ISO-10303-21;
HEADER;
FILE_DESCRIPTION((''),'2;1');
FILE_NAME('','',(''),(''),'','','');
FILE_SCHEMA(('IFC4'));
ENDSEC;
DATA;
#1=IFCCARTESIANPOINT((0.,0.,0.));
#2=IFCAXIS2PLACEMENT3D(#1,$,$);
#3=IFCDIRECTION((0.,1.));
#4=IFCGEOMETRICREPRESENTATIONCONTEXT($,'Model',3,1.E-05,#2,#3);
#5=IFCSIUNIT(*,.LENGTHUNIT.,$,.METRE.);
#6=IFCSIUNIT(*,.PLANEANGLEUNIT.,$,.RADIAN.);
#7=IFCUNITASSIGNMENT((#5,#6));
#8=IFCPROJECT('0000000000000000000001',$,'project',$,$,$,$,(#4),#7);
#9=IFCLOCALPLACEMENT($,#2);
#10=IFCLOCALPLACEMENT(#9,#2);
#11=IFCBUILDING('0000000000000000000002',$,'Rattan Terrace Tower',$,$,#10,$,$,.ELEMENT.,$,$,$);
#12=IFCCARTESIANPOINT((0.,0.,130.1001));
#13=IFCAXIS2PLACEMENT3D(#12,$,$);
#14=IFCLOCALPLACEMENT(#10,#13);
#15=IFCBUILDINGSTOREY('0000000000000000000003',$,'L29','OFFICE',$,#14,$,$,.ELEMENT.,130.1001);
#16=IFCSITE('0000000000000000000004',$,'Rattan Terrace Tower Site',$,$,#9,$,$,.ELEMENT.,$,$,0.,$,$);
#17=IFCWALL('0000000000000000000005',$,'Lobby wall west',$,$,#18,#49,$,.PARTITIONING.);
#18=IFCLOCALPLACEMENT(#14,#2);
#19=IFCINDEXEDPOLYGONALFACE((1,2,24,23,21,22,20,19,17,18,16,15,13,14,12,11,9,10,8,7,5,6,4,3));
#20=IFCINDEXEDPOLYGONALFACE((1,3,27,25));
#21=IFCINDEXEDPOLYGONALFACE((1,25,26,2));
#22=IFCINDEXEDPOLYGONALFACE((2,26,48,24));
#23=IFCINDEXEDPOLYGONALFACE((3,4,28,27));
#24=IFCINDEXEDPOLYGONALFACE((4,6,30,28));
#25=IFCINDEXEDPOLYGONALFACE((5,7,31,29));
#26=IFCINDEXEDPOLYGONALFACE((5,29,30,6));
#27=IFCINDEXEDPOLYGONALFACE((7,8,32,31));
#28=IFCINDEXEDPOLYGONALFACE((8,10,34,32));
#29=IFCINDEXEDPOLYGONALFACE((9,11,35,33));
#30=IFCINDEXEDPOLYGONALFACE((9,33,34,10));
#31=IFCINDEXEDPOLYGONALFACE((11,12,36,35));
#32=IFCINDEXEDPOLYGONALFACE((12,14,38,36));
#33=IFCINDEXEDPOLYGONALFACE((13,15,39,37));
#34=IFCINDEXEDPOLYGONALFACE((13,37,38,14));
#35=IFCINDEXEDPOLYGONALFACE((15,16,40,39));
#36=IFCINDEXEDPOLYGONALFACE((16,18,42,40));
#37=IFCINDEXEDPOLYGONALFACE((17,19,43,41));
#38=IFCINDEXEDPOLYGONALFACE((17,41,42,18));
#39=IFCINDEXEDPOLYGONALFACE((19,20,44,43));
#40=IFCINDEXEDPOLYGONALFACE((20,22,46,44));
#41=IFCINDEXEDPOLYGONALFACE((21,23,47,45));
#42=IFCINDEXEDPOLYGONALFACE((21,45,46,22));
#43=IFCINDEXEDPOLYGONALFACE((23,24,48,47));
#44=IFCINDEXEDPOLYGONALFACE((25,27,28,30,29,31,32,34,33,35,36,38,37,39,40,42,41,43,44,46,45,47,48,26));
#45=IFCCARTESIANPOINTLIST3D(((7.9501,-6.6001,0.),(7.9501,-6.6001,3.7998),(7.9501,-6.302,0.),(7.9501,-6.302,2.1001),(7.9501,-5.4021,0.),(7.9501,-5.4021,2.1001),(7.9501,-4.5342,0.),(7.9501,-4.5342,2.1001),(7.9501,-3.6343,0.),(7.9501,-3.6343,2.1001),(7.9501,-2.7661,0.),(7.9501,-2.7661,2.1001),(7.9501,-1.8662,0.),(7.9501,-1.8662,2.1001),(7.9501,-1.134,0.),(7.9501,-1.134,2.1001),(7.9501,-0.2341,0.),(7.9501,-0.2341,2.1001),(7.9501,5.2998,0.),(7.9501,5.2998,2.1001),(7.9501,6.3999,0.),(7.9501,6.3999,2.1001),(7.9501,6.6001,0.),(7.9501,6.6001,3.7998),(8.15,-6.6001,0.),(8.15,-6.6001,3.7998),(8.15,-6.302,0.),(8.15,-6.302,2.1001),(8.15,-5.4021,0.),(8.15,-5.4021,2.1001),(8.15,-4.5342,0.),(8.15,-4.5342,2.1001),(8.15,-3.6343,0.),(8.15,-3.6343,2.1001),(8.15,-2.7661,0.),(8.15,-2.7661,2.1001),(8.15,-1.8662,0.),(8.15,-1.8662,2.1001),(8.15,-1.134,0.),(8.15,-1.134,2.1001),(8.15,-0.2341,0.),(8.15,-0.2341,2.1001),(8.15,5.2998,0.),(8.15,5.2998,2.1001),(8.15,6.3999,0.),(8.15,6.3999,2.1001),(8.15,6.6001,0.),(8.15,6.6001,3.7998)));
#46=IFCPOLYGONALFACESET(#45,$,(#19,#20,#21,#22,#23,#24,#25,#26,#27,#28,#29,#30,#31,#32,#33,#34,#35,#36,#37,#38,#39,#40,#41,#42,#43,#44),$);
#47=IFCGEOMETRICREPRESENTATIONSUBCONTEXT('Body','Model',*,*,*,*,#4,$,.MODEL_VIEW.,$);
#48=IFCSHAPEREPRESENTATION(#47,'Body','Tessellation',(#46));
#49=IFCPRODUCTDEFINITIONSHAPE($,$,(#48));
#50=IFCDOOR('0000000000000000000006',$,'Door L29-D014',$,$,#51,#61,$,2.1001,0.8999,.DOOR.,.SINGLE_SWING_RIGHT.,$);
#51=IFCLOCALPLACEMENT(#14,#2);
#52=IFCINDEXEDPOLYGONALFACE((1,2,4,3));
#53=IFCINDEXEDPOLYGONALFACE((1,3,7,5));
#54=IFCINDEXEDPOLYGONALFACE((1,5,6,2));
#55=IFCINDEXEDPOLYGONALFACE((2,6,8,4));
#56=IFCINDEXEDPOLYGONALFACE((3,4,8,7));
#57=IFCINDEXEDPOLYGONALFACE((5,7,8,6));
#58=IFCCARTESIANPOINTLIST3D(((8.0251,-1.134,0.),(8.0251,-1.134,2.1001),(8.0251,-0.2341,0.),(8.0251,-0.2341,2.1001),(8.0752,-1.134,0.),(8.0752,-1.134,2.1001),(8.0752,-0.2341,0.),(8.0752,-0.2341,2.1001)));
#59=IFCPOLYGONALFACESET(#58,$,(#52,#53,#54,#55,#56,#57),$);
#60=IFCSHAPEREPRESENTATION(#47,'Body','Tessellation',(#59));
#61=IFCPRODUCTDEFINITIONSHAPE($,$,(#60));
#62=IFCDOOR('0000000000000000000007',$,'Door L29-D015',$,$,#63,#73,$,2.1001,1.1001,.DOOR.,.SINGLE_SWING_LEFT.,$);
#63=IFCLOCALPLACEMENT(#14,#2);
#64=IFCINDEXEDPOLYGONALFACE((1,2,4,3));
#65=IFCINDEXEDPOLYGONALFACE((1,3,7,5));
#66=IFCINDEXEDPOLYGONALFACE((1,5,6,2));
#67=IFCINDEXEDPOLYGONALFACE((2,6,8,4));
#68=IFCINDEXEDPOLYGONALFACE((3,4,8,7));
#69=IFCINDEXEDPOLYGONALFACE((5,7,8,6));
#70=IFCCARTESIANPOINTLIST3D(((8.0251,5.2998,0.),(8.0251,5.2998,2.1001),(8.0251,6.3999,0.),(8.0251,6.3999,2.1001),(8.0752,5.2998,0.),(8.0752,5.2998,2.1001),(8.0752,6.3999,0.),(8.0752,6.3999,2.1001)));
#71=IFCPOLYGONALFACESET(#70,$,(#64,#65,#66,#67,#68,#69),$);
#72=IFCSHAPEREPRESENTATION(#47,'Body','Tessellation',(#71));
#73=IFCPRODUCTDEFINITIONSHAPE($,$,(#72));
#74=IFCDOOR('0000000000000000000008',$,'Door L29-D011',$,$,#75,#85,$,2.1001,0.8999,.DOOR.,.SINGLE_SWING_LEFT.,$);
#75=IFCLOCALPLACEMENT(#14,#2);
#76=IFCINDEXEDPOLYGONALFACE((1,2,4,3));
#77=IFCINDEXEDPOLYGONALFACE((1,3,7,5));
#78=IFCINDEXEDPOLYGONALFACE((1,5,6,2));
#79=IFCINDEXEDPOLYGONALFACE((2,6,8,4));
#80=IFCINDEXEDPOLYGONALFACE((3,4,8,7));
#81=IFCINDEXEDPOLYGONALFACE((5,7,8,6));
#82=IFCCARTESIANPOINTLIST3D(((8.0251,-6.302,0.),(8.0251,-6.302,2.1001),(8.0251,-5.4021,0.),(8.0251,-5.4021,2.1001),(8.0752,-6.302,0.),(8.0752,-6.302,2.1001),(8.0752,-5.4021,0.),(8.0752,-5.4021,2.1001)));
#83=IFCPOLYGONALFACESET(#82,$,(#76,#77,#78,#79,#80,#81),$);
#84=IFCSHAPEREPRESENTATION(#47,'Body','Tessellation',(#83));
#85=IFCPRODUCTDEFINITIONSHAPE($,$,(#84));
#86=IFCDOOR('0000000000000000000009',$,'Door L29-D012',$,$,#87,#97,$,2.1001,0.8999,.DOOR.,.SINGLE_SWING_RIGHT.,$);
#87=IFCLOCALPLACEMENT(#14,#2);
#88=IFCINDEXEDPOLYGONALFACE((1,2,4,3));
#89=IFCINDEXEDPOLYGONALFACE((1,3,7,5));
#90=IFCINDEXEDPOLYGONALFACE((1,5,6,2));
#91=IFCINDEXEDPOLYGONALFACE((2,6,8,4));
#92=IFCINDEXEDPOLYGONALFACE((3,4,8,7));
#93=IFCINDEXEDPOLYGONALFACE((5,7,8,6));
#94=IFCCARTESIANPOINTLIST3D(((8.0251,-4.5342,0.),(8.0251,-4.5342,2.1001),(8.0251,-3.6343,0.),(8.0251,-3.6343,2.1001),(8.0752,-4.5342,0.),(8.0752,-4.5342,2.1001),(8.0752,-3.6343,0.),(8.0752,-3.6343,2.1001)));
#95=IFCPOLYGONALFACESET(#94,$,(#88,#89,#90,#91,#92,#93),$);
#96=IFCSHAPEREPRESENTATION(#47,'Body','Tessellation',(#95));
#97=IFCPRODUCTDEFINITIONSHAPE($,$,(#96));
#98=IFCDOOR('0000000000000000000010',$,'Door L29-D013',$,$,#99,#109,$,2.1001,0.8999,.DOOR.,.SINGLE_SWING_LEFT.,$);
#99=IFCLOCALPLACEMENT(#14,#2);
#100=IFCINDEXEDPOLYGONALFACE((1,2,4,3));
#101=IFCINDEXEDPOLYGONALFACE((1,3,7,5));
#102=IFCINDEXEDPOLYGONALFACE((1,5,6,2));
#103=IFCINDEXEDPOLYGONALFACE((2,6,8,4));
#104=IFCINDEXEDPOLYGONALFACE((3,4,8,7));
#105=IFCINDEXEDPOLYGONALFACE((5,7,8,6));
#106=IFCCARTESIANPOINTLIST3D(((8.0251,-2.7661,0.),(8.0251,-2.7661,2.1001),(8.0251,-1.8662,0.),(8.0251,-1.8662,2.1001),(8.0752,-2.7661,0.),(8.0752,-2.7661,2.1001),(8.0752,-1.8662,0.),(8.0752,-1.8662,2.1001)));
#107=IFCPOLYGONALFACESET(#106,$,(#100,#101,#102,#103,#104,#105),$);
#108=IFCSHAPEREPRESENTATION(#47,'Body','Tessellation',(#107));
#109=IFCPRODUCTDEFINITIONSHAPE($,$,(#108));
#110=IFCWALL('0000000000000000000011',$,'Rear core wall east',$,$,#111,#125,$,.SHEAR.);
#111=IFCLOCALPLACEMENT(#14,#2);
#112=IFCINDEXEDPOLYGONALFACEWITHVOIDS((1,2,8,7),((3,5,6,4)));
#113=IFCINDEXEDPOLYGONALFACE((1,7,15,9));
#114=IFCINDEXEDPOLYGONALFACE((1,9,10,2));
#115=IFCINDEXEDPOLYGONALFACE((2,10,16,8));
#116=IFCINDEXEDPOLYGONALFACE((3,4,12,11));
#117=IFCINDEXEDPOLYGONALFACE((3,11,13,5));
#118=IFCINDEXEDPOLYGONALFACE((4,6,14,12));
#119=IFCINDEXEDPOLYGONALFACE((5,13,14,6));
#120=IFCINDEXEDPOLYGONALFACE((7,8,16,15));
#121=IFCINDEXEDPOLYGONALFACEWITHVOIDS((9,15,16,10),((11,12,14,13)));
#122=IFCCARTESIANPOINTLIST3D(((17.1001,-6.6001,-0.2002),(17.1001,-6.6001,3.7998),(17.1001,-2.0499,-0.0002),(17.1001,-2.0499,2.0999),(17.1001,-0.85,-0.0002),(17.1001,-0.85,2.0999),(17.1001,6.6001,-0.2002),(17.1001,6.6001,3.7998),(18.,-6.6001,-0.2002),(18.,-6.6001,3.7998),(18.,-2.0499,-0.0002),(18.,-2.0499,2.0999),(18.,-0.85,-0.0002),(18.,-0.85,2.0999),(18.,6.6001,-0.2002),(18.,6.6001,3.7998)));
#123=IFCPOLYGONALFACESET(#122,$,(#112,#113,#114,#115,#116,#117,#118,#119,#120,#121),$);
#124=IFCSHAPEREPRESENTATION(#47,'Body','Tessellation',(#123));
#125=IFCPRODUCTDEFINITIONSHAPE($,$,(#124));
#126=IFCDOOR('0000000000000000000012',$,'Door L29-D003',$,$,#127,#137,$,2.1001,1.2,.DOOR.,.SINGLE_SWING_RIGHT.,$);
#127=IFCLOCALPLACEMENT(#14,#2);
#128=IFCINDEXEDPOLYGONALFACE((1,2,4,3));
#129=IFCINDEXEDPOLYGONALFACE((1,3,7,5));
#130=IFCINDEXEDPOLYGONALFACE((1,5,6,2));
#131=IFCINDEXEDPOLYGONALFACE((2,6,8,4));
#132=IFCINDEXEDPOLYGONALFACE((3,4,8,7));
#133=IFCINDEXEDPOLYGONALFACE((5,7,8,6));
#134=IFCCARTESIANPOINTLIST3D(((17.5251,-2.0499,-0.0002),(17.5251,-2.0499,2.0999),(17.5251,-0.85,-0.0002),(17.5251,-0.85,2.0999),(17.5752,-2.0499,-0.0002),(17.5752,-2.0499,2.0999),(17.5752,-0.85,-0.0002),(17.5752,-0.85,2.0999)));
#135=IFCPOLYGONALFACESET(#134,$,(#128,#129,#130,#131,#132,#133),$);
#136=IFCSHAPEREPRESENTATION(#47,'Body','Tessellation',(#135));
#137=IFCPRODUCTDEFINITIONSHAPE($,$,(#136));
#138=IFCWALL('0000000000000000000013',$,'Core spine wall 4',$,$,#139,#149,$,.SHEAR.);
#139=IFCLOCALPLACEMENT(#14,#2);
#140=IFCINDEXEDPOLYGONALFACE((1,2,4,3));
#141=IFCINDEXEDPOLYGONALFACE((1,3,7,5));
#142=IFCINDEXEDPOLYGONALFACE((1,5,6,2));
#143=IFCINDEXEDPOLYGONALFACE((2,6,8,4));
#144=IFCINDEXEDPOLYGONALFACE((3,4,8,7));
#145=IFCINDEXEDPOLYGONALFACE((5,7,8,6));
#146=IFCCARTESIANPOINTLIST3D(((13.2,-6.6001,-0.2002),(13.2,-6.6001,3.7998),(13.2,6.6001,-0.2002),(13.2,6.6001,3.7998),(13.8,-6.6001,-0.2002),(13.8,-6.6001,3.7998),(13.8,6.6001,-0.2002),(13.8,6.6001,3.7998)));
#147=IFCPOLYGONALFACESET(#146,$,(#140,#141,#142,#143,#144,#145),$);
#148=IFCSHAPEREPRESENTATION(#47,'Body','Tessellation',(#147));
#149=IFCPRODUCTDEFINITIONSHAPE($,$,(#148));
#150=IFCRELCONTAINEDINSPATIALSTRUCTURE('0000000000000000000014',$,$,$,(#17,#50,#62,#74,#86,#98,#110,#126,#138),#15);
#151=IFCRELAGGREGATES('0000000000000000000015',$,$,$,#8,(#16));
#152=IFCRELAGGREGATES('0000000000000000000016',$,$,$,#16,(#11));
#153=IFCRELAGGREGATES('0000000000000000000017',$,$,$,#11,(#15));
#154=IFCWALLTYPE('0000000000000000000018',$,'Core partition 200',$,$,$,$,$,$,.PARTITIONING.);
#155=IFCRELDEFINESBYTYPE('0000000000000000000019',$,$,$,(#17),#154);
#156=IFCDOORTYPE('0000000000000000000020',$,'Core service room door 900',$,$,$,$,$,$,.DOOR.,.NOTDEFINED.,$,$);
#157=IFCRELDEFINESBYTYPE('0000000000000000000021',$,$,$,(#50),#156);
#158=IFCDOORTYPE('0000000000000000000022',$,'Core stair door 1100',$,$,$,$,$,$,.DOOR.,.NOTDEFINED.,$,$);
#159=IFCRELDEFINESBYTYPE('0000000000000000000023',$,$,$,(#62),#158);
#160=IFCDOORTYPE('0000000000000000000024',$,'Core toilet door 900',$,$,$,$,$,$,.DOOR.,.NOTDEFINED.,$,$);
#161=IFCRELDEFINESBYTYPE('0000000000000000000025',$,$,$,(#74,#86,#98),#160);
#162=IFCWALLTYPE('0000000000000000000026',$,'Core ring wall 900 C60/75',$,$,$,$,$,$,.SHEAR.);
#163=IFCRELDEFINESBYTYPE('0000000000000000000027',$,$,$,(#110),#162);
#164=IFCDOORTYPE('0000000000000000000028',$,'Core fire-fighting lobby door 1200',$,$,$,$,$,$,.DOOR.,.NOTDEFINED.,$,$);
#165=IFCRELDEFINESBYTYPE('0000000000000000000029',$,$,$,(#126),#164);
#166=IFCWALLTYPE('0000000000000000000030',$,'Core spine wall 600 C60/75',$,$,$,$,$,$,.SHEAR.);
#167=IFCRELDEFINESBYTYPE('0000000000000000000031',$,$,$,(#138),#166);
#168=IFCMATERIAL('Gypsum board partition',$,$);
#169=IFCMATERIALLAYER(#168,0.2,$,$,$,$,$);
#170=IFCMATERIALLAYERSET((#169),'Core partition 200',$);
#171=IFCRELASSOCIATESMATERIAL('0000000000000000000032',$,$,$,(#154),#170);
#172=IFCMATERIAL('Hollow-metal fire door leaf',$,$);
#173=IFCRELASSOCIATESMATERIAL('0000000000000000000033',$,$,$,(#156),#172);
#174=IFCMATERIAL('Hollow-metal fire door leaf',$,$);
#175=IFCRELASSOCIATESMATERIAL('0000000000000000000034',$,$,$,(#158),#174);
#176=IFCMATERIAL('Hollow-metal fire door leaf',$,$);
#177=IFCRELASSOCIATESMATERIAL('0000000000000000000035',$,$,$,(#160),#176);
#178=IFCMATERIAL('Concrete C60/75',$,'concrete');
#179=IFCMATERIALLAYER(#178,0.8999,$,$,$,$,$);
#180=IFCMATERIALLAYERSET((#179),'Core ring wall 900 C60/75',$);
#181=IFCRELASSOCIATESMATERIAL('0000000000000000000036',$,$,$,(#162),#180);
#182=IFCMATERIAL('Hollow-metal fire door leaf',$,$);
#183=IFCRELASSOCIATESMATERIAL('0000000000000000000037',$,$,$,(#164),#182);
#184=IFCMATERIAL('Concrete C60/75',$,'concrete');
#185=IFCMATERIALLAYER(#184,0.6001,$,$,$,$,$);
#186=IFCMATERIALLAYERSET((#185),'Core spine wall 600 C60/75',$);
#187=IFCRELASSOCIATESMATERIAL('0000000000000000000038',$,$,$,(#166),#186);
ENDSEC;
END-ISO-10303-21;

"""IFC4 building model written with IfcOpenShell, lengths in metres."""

from ifc_helpers import new_model, si_unit, direction, frame, frame_2d, origin, place, context, subcontext, project, spatial, rectangle, extrude, material, layer, layer_set, type_object, element, fill, save


model = new_model("IFC4")

# Units and contexts
model_context = context("Model", 3, precision=1e-05, world=origin(), true_north=direction((0.0, 1.0)))
body_context = subcontext(model_context, "Body", "Model", "MODEL_VIEW")
ifc_project = project(units=[si_unit("LENGTHUNIT", "METRE"), si_unit("PLANEANGLEUNIT", "RADIAN")], contexts=[model_context])

# Site, building, storey
site_placement = place(None, origin())
site = spatial("IfcSite", under=ifc_project, at=site_placement, Name="Rattan Terrace Tower Site", CompositionType="ELEMENT", RefElevation=0.0)
building_placement = place(site_placement, origin())
building = spatial("IfcBuilding", under=site, at=building_placement, Name="Rattan Terrace Tower", CompositionType="ELEMENT")
storey_placement = place(building_placement, frame((0.0, 0.0, 130.1001)))
storey = spatial("IfcBuildingStorey", under=building, at=storey_placement, Name="L29", Description="OFFICE", CompositionType="ELEMENT", Elevation=130.1001)

# Shared definitions
ifc_material_1 = material(Name="Gypsum board partition")
ifc_layer_1 = layer(ifc_material_1, 0.2)
ifc_layer_set_1 = layer_set([ifc_layer_1], Name="Core partition 200")
wall_type_1 = type_object("IfcWallType", Name="Core partition 200", PredefinedType="PARTITIONING", material=ifc_layer_set_1)

# Wall, openings, doors
wall_1_placement = place(storey_placement, frame((8.05, -6.6001, 0.0), z_axis=(0.0, 0.0, 1.0), x_axis=(0.0, 1.0, 0.0)))
wall_1 = element("IfcWall", 1, at=wall_1_placement, inside=storey, type_object=wall_type_1, Name="Lobby wall west", PredefinedType="PARTITIONING", context=body_context, shape_type="SweptSolid", body=[
    extrude(rectangle(XDim=13.2002, YDim=0.2, at=frame_2d((6.6001, 0.0))), origin(), (0.0, 0.0, 1.0), 3.7998),
])
opening_1_placement = place(wall_1_placement, frame((0.2981, 0.0, 0.0)))
opening_1 = element("IfcOpeningElement", 2, at=opening_1_placement, cuts=wall_1, PredefinedType="OPENING", context=body_context, shape_type="SweptSolid", body=[
    extrude(rectangle(XDim=0.8999, YDim=2.1001, at=frame_2d((0.45, 1.05))), frame((0.0, 0.1106, 0.0), z_axis=(0.0, -1.0, 0.0), x_axis=(1.0, 0.0, 0.0)), (0.0, 0.0, 1.0), 0.2209),
])
opening_2_placement = place(wall_1_placement, frame((2.0659, 0.0, 0.0)))
opening_2 = element("IfcOpeningElement", 3, at=opening_2_placement, cuts=wall_1, PredefinedType="OPENING", context=body_context, shape_type="SweptSolid", body=[
    extrude(rectangle(XDim=0.8999, YDim=2.1001, at=frame_2d((0.45, 1.05))), frame((0.0, 0.1106, 0.0), z_axis=(0.0, -1.0, 0.0), x_axis=(1.0, 0.0, 0.0)), (0.0, 0.0, 1.0), 0.2209),
])
opening_3_placement = place(wall_1_placement, frame((3.834, 0.0, 0.0)))
opening_3 = element("IfcOpeningElement", 4, at=opening_3_placement, cuts=wall_1, PredefinedType="OPENING", context=body_context, shape_type="SweptSolid", body=[
    extrude(rectangle(XDim=0.8999, YDim=2.1001, at=frame_2d((0.45, 1.05))), frame((0.0, 0.1106, 0.0), z_axis=(0.0, -1.0, 0.0), x_axis=(1.0, 0.0, 0.0)), (0.0, 0.0, 1.0), 0.2209),
])
opening_4_placement = place(wall_1_placement, frame((5.4661, 0.0, 0.0)))
opening_4 = element("IfcOpeningElement", 5, at=opening_4_placement, cuts=wall_1, PredefinedType="OPENING", context=body_context, shape_type="SweptSolid", body=[
    extrude(rectangle(XDim=0.8999, YDim=2.1001, at=frame_2d((0.45, 1.05))), frame((0.0, 0.1106, 0.0), z_axis=(0.0, -1.0, 0.0), x_axis=(1.0, 0.0, 0.0)), (0.0, 0.0, 1.0), 0.2209),
])
opening_5_placement = place(wall_1_placement, frame((11.8999, 0.0, 0.0)))
opening_5 = element("IfcOpeningElement", 6, at=opening_5_placement, cuts=wall_1, PredefinedType="OPENING", context=body_context, shape_type="SweptSolid", body=[
    extrude(rectangle(XDim=1.1001, YDim=2.1001, at=frame_2d((0.55, 1.05))), frame((0.0, 0.1106, 0.0), z_axis=(0.0, -1.0, 0.0), x_axis=(1.0, 0.0, 0.0)), (0.0, 0.0, 1.0), 0.2209),
])
ifc_material_2 = material(Name="Hollow-metal fire door leaf")
door_type_1 = type_object("IfcDoorType", Name="Core service room door 900", OperationType="NOTDEFINED", PredefinedType="DOOR", material=ifc_material_2)
door_1_placement = place(opening_4_placement, origin())
door_1 = element("IfcDoor", 7, at=door_1_placement, inside=storey, type_object=door_type_1, Name="Door L29-D014", OperationType="SINGLE_SWING_RIGHT", OverallHeight=2.1001, OverallWidth=0.8999, PredefinedType="DOOR", context=body_context, shape_type="SweptSolid", body=[
    extrude(rectangle(XDim=0.8999, YDim=2.1001, at=frame_2d((0.45, 1.05))), frame((0.0, 0.0249, 0.0), z_axis=(0.0, -1.0, 0.0), x_axis=(1.0, 0.0, 0.0)), (0.0, 0.0, 1.0), 0.05),
])
fill(opening_4, door_1)
ifc_material_3 = material(Name="Hollow-metal fire door leaf")
door_type_2 = type_object("IfcDoorType", Name="Core stair door 1100", OperationType="NOTDEFINED", PredefinedType="DOOR", material=ifc_material_3)
door_2_placement = place(opening_5_placement, origin())
door_2 = element("IfcDoor", 8, at=door_2_placement, inside=storey, type_object=door_type_2, Name="Door L29-D015", OperationType="SINGLE_SWING_LEFT", OverallHeight=2.1001, OverallWidth=1.1001, PredefinedType="DOOR", context=body_context, shape_type="SweptSolid", body=[
    extrude(rectangle(XDim=1.1001, YDim=2.1001, at=frame_2d((0.55, 1.05))), frame((0.0, 0.0249, 0.0), z_axis=(0.0, -1.0, 0.0), x_axis=(1.0, 0.0, 0.0)), (0.0, 0.0, 1.0), 0.05),
])
fill(opening_5, door_2)
ifc_material_4 = material(Name="Hollow-metal fire door leaf")
door_type_3 = type_object("IfcDoorType", Name="Core toilet door 900", OperationType="NOTDEFINED", PredefinedType="DOOR", material=ifc_material_4)
door_3_placement = place(opening_1_placement, origin())
door_3 = element("IfcDoor", 9, at=door_3_placement, inside=storey, type_object=door_type_3, Name="Door L29-D011", OperationType="SINGLE_SWING_LEFT", OverallHeight=2.1001, OverallWidth=0.8999, PredefinedType="DOOR", context=body_context, shape_type="SweptSolid", body=[
    extrude(rectangle(XDim=0.8999, YDim=2.1001, at=frame_2d((0.45, 1.05))), frame((0.0, 0.0249, 0.0), z_axis=(0.0, -1.0, 0.0), x_axis=(1.0, 0.0, 0.0)), (0.0, 0.0, 1.0), 0.05),
])
fill(opening_1, door_3)
door_4_placement = place(opening_2_placement, origin())
door_4 = element("IfcDoor", 10, at=door_4_placement, inside=storey, type_object=door_type_3, Name="Door L29-D012", OperationType="SINGLE_SWING_RIGHT", OverallHeight=2.1001, OverallWidth=0.8999, PredefinedType="DOOR", context=body_context, shape_type="SweptSolid", body=[
    extrude(rectangle(XDim=0.8999, YDim=2.1001, at=frame_2d((0.45, 1.05))), frame((0.0, 0.0249, 0.0), z_axis=(0.0, -1.0, 0.0), x_axis=(1.0, 0.0, 0.0)), (0.0, 0.0, 1.0), 0.05),
])
fill(opening_2, door_4)
door_5_placement = place(opening_3_placement, origin())
door_5 = element("IfcDoor", 11, at=door_5_placement, inside=storey, type_object=door_type_3, Name="Door L29-D013", OperationType="SINGLE_SWING_LEFT", OverallHeight=2.1001, OverallWidth=0.8999, PredefinedType="DOOR", context=body_context, shape_type="SweptSolid", body=[
    extrude(rectangle(XDim=0.8999, YDim=2.1001, at=frame_2d((0.45, 1.05))), frame((0.0, 0.0249, 0.0), z_axis=(0.0, -1.0, 0.0), x_axis=(1.0, 0.0, 0.0)), (0.0, 0.0, 1.0), 0.05),
])
fill(opening_3, door_5)

# Wall, opening, door
ifc_material_5 = material(Name="Concrete C60/75", Category="concrete")
ifc_layer_2 = layer(ifc_material_5, 0.8999)
ifc_layer_set_2 = layer_set([ifc_layer_2], Name="Core ring wall 900 C60/75")
wall_type_2 = type_object("IfcWallType", Name="Core ring wall 900 C60/75", PredefinedType="SHEAR", material=ifc_layer_set_2)
wall_2_placement = place(storey_placement, frame((17.55, -6.6001, -0.2002), z_axis=(0.0, 0.0, 1.0), x_axis=(0.0, 1.0, 0.0)))
wall_2 = element("IfcWall", 12, at=wall_2_placement, inside=storey, type_object=wall_type_2, Name="Rear core wall east", PredefinedType="SHEAR", context=body_context, shape_type="SweptSolid", body=[
    extrude(rectangle(XDim=13.2002, YDim=0.8999, at=frame_2d((6.6001, 0.0))), origin(), (0.0, 0.0, 1.0), 4.0),
])
opening_6_placement = place(wall_2_placement, frame((4.55, 0.0, 0.2)))
opening_6 = element("IfcOpeningElement", 13, at=opening_6_placement, cuts=wall_2, PredefinedType="OPENING", context=body_context, shape_type="SweptSolid", body=[
    extrude(rectangle(XDim=1.2, YDim=2.1001, at=frame_2d((0.6001, 1.05))), frame((0.0, 0.4604, 0.0), z_axis=(0.0, -1.0, 0.0), x_axis=(1.0, 0.0, 0.0)), (0.0, 0.0, 1.0), 0.9209),
])
ifc_material_6 = material(Name="Hollow-metal fire door leaf")
door_type_4 = type_object("IfcDoorType", Name="Core fire-fighting lobby door 1200", OperationType="NOTDEFINED", PredefinedType="DOOR", material=ifc_material_6)
door_6_placement = place(opening_6_placement, origin())
door_6 = element("IfcDoor", 14, at=door_6_placement, inside=storey, type_object=door_type_4, Name="Door L29-D003", OperationType="SINGLE_SWING_RIGHT", OverallHeight=2.1001, OverallWidth=1.2, PredefinedType="DOOR", context=body_context, shape_type="SweptSolid", body=[
    extrude(rectangle(XDim=1.2, YDim=2.1001, at=frame_2d((0.6001, 1.05))), frame((0.0, 0.0249, 0.0), z_axis=(0.0, -1.0, 0.0), x_axis=(1.0, 0.0, 0.0)), (0.0, 0.0, 1.0), 0.05),
])
fill(opening_6, door_6)

# Wall
ifc_material_7 = material(Name="Concrete C60/75", Category="concrete")
ifc_layer_3 = layer(ifc_material_7, 0.6001)
ifc_layer_set_3 = layer_set([ifc_layer_3], Name="Core spine wall 600 C60/75")
wall_type_3 = type_object("IfcWallType", Name="Core spine wall 600 C60/75", PredefinedType="SHEAR", material=ifc_layer_set_3)
wall_3_placement = place(storey_placement, frame((13.5, -6.6001, -0.2002), z_axis=(0.0, 0.0, 1.0), x_axis=(0.0, 1.0, 0.0)))
element("IfcWall", 15, at=wall_3_placement, inside=storey, type_object=wall_type_3, Name="Core spine wall 4", PredefinedType="SHEAR", context=body_context, shape_type="SweptSolid", body=[
    extrude(rectangle(XDim=13.2002, YDim=0.6001, at=frame_2d((6.6001, 0.0))), origin(), (0.0, 0.0, 1.0), 4.0),
])

save(model, "model.ifc")
